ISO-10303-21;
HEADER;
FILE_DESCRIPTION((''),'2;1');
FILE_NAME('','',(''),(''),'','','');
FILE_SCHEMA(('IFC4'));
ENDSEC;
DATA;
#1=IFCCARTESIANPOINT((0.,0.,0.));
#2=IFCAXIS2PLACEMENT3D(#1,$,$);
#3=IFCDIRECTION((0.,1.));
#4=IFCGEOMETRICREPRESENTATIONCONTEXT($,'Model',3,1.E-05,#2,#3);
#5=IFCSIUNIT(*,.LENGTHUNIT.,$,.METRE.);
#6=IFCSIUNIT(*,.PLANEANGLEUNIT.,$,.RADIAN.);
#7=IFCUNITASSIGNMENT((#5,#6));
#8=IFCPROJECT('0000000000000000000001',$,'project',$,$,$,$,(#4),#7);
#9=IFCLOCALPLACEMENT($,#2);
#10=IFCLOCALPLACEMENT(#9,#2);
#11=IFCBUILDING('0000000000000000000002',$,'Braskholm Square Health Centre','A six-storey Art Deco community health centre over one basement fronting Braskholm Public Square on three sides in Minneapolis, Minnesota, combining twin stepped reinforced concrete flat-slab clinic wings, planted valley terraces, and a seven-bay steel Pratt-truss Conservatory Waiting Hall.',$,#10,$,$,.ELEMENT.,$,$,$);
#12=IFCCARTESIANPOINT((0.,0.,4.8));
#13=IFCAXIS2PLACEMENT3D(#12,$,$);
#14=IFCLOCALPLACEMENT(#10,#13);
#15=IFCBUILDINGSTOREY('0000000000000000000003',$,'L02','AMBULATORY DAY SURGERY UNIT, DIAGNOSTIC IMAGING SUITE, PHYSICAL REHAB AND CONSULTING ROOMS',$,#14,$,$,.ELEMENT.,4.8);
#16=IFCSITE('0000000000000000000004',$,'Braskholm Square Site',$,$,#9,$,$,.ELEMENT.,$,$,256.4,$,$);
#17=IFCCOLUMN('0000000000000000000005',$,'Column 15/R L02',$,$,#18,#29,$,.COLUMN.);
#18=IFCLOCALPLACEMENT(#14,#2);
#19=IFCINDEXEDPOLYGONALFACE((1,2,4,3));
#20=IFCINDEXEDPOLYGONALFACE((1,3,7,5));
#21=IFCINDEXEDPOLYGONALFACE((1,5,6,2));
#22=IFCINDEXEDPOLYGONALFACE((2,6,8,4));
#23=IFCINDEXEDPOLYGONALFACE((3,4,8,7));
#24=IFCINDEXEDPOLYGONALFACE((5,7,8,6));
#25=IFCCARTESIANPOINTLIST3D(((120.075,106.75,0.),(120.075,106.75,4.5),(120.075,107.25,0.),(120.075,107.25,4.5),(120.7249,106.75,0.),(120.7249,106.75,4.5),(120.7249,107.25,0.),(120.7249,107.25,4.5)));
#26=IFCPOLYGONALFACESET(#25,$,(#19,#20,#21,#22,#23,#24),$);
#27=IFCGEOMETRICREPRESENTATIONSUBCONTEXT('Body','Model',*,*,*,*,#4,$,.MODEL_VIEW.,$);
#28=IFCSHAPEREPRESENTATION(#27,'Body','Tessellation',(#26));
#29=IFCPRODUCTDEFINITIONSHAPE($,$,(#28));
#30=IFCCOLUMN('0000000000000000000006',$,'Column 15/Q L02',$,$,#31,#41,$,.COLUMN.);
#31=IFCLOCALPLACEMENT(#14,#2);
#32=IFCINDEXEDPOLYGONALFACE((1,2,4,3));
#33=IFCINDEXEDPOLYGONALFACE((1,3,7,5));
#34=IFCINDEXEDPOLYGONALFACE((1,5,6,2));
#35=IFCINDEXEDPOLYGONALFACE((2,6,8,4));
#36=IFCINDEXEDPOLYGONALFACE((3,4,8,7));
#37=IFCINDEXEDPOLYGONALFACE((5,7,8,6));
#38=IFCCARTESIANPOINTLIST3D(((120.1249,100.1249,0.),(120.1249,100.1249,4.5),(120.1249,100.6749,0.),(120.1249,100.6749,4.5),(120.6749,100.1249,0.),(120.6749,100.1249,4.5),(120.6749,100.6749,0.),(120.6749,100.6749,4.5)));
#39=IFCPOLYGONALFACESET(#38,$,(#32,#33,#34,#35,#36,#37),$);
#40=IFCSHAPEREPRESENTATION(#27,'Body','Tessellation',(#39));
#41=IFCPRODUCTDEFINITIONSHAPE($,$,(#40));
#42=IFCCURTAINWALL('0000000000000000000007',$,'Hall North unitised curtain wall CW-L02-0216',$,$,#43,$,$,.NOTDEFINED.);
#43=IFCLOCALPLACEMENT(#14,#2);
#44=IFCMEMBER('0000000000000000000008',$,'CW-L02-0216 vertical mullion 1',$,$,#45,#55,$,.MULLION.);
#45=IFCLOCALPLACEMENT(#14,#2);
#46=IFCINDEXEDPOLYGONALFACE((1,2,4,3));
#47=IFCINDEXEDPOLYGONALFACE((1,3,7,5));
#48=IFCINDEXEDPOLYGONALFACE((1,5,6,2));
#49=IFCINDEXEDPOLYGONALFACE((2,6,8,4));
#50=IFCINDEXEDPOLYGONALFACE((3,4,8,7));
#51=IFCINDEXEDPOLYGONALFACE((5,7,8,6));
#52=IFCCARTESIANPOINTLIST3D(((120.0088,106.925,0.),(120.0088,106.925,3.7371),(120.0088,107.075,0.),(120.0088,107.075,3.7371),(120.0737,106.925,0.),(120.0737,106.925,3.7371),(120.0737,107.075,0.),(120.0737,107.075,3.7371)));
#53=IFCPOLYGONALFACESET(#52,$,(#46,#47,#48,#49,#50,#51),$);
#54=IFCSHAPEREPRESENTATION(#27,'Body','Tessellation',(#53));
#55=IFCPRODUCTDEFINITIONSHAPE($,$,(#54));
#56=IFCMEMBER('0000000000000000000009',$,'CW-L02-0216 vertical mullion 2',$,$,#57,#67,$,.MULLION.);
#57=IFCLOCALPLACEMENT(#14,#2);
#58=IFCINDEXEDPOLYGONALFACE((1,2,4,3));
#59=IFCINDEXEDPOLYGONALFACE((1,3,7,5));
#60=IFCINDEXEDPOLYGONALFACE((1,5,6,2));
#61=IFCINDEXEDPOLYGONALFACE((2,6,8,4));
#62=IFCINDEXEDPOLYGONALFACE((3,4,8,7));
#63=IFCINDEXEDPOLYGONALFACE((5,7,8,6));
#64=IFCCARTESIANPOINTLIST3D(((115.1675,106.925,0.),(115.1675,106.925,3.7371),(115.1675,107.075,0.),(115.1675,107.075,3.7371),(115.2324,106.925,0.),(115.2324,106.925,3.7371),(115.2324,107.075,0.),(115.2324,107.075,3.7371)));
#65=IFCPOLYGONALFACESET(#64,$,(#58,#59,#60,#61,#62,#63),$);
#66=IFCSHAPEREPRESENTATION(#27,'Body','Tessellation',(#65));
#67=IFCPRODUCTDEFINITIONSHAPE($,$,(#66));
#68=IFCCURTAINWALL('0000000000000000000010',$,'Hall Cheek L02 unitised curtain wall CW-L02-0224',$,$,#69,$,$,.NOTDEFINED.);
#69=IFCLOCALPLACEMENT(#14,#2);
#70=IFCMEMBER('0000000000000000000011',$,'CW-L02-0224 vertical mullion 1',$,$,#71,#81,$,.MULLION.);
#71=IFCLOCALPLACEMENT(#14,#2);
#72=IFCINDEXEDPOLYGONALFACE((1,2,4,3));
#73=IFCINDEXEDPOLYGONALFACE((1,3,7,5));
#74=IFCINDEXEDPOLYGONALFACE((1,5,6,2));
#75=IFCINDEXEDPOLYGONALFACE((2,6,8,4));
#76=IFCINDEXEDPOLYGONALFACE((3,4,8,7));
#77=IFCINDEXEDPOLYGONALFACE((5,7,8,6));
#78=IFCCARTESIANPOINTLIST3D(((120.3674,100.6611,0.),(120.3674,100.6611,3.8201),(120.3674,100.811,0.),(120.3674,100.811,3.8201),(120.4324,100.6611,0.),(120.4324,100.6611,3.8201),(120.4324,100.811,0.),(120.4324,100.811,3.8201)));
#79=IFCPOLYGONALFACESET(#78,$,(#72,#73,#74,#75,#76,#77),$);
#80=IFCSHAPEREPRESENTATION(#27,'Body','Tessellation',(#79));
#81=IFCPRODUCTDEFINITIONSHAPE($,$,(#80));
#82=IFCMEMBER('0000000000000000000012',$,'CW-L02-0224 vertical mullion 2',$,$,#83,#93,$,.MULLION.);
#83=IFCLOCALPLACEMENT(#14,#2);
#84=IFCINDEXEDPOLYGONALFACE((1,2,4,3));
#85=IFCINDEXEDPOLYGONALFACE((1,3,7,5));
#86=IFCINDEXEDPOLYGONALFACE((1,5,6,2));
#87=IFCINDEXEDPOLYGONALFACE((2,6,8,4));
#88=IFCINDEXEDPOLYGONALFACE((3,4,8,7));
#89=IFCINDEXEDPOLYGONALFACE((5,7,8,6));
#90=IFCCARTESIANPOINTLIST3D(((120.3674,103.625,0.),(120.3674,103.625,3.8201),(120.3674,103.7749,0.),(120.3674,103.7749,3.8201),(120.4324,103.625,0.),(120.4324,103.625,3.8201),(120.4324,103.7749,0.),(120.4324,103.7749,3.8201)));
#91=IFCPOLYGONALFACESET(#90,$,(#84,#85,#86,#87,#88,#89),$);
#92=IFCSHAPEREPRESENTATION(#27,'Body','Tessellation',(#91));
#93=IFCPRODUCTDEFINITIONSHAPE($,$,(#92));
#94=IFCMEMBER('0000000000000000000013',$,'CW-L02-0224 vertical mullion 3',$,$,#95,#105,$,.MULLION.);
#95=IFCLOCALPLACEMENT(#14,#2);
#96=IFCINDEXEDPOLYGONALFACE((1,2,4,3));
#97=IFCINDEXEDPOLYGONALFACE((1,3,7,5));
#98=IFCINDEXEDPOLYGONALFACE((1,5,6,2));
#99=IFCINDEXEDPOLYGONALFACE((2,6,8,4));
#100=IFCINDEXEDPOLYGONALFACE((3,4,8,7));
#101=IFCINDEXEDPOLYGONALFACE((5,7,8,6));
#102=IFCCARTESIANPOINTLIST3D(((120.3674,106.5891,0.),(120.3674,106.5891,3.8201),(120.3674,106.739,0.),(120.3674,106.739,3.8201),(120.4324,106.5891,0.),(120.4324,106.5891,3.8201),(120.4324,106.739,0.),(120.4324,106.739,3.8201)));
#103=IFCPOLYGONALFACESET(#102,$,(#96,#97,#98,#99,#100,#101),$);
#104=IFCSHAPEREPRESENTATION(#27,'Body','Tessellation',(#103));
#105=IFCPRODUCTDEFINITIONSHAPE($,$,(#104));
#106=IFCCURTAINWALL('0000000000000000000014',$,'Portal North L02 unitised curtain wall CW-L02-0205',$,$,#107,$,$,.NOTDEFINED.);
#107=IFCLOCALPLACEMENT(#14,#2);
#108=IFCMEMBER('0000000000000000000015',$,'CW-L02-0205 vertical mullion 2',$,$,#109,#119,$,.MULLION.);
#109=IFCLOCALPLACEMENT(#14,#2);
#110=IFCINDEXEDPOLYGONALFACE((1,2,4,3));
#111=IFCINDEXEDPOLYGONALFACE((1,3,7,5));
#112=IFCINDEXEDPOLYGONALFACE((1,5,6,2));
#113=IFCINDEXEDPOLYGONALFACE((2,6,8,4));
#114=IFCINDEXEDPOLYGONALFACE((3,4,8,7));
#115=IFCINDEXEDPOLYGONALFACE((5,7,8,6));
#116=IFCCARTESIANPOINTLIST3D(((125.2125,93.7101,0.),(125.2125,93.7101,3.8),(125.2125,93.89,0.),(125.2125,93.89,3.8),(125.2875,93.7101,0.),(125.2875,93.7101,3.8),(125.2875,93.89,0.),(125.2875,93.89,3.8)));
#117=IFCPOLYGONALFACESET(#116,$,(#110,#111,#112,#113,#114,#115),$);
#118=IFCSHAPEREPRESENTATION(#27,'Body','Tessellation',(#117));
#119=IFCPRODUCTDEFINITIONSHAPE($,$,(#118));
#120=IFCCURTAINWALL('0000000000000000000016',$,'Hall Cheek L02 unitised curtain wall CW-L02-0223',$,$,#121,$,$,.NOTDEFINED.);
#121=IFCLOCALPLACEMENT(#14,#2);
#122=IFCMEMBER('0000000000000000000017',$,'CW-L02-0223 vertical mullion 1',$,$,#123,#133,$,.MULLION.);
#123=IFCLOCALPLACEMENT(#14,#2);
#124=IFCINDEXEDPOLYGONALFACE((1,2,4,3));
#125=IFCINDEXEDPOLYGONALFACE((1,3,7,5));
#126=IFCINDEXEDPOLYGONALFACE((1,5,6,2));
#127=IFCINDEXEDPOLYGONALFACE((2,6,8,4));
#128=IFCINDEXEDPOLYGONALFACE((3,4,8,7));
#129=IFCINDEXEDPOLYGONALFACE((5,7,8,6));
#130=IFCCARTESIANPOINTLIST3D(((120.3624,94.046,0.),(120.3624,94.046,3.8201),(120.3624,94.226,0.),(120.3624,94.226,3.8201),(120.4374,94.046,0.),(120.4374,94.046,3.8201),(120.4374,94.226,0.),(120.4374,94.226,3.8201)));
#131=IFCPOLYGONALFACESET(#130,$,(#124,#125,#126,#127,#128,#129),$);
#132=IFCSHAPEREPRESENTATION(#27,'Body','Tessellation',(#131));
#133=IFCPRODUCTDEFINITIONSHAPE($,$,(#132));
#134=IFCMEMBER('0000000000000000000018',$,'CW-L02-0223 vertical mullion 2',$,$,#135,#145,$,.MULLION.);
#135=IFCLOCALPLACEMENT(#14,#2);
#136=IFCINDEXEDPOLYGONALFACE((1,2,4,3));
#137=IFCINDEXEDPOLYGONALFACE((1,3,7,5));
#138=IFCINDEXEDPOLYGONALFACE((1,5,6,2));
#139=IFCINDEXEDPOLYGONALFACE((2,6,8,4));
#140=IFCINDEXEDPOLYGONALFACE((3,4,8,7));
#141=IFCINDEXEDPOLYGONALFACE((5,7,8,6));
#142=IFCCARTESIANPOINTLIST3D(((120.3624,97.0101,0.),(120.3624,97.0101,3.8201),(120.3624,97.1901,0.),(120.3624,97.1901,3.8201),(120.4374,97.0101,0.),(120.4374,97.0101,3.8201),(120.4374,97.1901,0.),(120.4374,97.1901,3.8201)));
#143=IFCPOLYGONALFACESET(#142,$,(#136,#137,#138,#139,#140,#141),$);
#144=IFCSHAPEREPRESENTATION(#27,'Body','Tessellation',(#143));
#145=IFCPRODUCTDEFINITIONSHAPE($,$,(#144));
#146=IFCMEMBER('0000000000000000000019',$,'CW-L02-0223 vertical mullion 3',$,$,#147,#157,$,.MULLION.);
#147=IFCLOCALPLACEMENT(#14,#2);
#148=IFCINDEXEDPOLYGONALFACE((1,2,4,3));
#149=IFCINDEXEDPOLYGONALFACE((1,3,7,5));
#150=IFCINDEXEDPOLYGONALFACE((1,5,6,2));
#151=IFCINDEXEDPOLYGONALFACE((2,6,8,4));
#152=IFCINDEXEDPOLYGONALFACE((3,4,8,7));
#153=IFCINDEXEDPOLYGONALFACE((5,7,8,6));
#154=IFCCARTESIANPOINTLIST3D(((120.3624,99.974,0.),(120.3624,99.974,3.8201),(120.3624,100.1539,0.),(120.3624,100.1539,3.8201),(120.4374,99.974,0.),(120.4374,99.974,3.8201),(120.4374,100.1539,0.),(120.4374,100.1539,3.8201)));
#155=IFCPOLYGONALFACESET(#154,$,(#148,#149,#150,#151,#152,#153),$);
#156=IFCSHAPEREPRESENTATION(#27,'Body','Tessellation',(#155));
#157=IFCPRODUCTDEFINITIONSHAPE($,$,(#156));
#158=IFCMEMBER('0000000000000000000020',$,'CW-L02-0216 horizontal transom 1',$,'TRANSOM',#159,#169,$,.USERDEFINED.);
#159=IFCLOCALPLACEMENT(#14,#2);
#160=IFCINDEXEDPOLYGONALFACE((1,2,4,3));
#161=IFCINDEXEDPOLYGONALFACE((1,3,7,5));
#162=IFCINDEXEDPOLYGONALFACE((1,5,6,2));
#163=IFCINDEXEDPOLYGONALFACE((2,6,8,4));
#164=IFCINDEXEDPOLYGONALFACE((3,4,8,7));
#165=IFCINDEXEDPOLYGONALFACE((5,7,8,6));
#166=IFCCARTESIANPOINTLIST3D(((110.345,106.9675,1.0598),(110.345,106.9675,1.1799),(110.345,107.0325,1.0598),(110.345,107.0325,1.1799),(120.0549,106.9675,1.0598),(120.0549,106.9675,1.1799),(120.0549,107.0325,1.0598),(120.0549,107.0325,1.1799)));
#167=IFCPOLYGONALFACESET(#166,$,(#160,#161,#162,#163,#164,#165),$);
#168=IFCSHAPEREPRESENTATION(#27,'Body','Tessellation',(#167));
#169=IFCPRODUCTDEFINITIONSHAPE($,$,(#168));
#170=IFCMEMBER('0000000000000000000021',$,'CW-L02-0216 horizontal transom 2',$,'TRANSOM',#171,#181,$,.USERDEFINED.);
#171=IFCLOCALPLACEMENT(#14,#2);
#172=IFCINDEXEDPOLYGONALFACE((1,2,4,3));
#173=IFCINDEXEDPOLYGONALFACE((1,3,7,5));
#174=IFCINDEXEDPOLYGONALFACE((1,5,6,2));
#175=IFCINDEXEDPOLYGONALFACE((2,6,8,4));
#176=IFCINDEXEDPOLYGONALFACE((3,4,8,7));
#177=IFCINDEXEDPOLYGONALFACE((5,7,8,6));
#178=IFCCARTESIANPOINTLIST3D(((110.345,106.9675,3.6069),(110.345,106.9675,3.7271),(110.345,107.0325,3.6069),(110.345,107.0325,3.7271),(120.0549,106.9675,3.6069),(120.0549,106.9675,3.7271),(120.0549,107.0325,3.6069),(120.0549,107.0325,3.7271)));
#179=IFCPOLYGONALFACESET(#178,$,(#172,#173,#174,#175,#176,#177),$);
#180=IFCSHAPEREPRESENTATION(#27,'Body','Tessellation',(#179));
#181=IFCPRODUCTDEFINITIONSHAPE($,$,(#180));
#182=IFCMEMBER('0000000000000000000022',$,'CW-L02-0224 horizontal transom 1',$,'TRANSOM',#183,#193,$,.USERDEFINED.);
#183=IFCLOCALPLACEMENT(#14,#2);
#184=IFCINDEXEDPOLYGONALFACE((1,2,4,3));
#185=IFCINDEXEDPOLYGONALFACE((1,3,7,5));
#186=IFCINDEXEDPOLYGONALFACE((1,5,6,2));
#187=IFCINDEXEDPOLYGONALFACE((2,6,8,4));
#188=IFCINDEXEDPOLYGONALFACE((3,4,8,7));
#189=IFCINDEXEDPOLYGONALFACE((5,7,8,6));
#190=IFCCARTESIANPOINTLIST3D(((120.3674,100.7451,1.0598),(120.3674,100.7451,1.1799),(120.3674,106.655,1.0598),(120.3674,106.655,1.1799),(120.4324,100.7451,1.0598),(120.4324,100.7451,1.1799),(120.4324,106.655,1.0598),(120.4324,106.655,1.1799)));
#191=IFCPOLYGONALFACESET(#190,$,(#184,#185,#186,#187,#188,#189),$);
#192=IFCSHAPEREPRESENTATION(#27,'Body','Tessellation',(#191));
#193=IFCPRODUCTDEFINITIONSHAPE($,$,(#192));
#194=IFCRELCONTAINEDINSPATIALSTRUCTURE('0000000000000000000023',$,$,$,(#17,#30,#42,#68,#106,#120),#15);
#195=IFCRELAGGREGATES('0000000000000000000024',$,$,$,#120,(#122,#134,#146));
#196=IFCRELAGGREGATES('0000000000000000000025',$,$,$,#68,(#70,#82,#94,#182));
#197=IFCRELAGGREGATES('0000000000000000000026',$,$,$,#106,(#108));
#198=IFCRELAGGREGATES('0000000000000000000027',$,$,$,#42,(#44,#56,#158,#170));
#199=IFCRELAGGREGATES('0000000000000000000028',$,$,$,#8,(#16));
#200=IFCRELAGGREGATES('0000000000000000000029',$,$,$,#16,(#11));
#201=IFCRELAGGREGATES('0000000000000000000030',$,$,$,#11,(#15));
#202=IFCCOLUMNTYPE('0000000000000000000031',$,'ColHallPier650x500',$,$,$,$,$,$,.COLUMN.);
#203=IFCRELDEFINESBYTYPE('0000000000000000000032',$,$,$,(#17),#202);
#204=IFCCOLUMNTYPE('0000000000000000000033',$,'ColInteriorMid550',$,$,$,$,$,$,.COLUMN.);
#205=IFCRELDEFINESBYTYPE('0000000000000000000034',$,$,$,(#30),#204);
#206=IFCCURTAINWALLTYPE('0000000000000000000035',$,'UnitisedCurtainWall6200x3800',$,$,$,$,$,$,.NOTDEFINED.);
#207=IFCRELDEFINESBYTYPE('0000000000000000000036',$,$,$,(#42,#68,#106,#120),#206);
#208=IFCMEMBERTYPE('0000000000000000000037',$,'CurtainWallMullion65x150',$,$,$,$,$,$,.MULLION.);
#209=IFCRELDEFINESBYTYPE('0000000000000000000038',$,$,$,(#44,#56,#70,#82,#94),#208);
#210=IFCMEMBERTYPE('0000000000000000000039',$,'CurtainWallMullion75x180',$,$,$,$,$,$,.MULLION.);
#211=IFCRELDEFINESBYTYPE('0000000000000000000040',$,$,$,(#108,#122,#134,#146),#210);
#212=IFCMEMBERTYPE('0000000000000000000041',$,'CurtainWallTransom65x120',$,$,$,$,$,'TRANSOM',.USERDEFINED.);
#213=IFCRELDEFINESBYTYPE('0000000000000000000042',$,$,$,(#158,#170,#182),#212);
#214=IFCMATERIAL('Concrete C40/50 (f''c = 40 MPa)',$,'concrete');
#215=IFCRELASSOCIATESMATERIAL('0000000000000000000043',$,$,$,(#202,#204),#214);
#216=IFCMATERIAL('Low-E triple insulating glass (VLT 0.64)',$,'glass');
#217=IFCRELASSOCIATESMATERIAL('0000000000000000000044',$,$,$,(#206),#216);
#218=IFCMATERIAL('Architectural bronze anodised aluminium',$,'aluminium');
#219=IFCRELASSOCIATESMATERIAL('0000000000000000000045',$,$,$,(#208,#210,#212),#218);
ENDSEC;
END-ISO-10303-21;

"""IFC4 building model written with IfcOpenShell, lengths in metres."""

from ifc_helpers import new_model, si_unit, direction, frame, origin, origin_2d, place, context, subcontext, project, spatial, rectangle, extrude, material, material_profile, profile_set, type_object, element, aggregate, save


model = new_model("IFC4")

# Units and contexts
model_context = context("Model", 3, precision=1e-05, world=origin(), true_north=direction((0.0, 1.0)))
body_context = subcontext(model_context, "Body", "Model", "MODEL_VIEW")
ifc_project = project(units=[si_unit("LENGTHUNIT", "METRE"), si_unit("PLANEANGLEUNIT", "RADIAN")], contexts=[model_context])

# Site, building, storey
site_placement = place(None, origin())
site = spatial("IfcSite", under=ifc_project, at=site_placement, Name="Braskholm Square Site", CompositionType="ELEMENT", RefElevation=256.4)
building_placement = place(site_placement, origin())
building = spatial("IfcBuilding", under=site, at=building_placement, Name="Braskholm Square Health Centre", Description="A six-storey Art Deco community health centre over one basement fronting Braskholm Public Square on three sides in Minneapolis, Minnesota, combining twin stepped reinforced concrete flat-slab clinic wings, planted valley terraces, and a seven-bay steel Pratt-truss Conservatory Waiting Hall.", CompositionType="ELEMENT")
storey_placement = place(building_placement, frame((0.0, 0.0, 4.8)))
storey = spatial("IfcBuildingStorey", under=building, at=storey_placement, Name="L02", Description="AMBULATORY DAY SURGERY UNIT, DIAGNOSTIC IMAGING SUITE, PHYSICAL REHAB AND CONSULTING ROOMS", CompositionType="ELEMENT", Elevation=4.8)

# Columns
ifc_material_1 = material(Name="Concrete C40/50 (f'c = 40 MPa)", Category="concrete")
ifc_material_profile_1 = material_profile(ifc_material_1, rectangle(XDim=0.6499, YDim=0.5, at=origin_2d()), Name="RC-650X500")
ifc_profile_set_1 = profile_set([ifc_material_profile_1], Name="Concrete C40/50 (f'c = 40 MPa)")
column_type_1 = type_object("IfcColumnType", Name="ColHallPier650x500", PredefinedType="COLUMN", material=ifc_profile_set_1)
column_1_placement = place(storey_placement, frame((120.3999, 107.0, 0.0), z_axis=(0.0, 0.0, 1.0), x_axis=(1.0, 0.0, 0.0)))
element("IfcColumn", 1, at=column_1_placement, inside=storey, type_object=column_type_1, Name="Column 15/R L02", PredefinedType="COLUMN", context=body_context, shape_type="SweptSolid", body=[
    extrude(rectangle(XDim=0.6499, YDim=0.5, at=origin_2d()), origin(), (0.0, 0.0, 1.0), 4.5),
])
ifc_material_profile_2 = material_profile(ifc_material_1, rectangle(XDim=0.55, YDim=0.55, at=origin_2d()), Name="RC-550X550")
ifc_profile_set_2 = profile_set([ifc_material_profile_2], Name="Concrete C40/50 (f'c = 40 MPa)")
column_type_2 = type_object("IfcColumnType", Name="ColInteriorMid550", PredefinedType="COLUMN", material=ifc_profile_set_2)
column_2_placement = place(storey_placement, frame((120.3999, 100.3999, 0.0), z_axis=(0.0, 0.0, 1.0), x_axis=(1.0, 0.0, 0.0)))
element("IfcColumn", 2, at=column_2_placement, inside=storey, type_object=column_type_2, Name="Column 15/Q L02", PredefinedType="COLUMN", context=body_context, shape_type="SweptSolid", body=[
    extrude(rectangle(XDim=0.55, YDim=0.55, at=origin_2d()), origin(), (0.0, 0.0, 1.0), 4.5),
])

# Curtain walls, members
ifc_material_2 = material(Name="Low-E triple insulating glass (VLT 0.64)", Category="glass")
curtain_wall_type = type_object("IfcCurtainWallType", Name="UnitisedCurtainWall6200x3800", PredefinedType="NOTDEFINED", material=ifc_material_2)
curtain_wall_1_placement = place(storey_placement, origin())
curtain_wall_1 = element("IfcCurtainWall", 3, at=curtain_wall_1_placement, inside=storey, type_object=curtain_wall_type, Name="Hall North unitised curtain wall CW-L02-0216", PredefinedType="NOTDEFINED")
ifc_material_3 = material(Name="Architectural bronze anodised aluminium", Category="aluminium")
ifc_material_profile_3 = material_profile(ifc_material_3, rectangle(XDim=0.0649, YDim=0.1499, at=origin_2d()), Name="ALU-65X150")
ifc_profile_set_3 = profile_set([ifc_material_profile_3], Name="Architectural bronze anodised aluminium")
member_type_1 = type_object("IfcMemberType", Name="CurtainWallMullion65x150", PredefinedType="MULLION", material=ifc_profile_set_3)
member_1_placement = place(storey_placement, frame((120.0413, 107.0, 0.0), z_axis=(0.0, 0.0, 1.0), x_axis=(1.0, 0.0, 0.0)))
member_1 = element("IfcMember", 4, at=member_1_placement, type_object=member_type_1, Name="CW-L02-0216 vertical mullion 1", PredefinedType="MULLION", context=body_context, shape_type="SweptSolid", body=[
    extrude(rectangle(XDim=0.0649, YDim=0.1499, at=origin_2d()), origin(), (0.0, 0.0, 1.0), 3.7371),
])
member_2_placement = place(storey_placement, frame((115.2, 107.0, 0.0), z_axis=(0.0, 0.0, 1.0), x_axis=(1.0, 0.0, 0.0)))
member_2 = element("IfcMember", 5, at=member_2_placement, type_object=member_type_1, Name="CW-L02-0216 vertical mullion 2", PredefinedType="MULLION", context=body_context, shape_type="SweptSolid", body=[
    extrude(rectangle(XDim=0.0649, YDim=0.1499, at=origin_2d()), origin(), (0.0, 0.0, 1.0), 3.7371),
])
curtain_wall_2_placement = place(storey_placement, origin())
curtain_wall_2 = element("IfcCurtainWall", 6, at=curtain_wall_2_placement, inside=storey, type_object=curtain_wall_type, Name="Hall Cheek L02 unitised curtain wall CW-L02-0224", PredefinedType="NOTDEFINED")
member_3_placement = place(storey_placement, frame((120.3999, 100.7361, 0.0), z_axis=(0.0, 0.0, 1.0), x_axis=(1.0, 0.0, 0.0)))
member_3 = element("IfcMember", 7, at=member_3_placement, type_object=member_type_1, Name="CW-L02-0224 vertical mullion 1", PredefinedType="MULLION", context=body_context, shape_type="SweptSolid", body=[
    extrude(rectangle(XDim=0.0649, YDim=0.1499, at=origin_2d()), origin(), (0.0, 0.0, 1.0), 3.8201),
])
member_4_placement = place(storey_placement, frame((120.3999, 103.7, 0.0), z_axis=(0.0, 0.0, 1.0), x_axis=(1.0, 0.0, 0.0)))
member_4 = element("IfcMember", 8, at=member_4_placement, type_object=member_type_1, Name="CW-L02-0224 vertical mullion 2", PredefinedType="MULLION", context=body_context, shape_type="SweptSolid", body=[
    extrude(rectangle(XDim=0.0649, YDim=0.1499, at=origin_2d()), origin(), (0.0, 0.0, 1.0), 3.8201),
])
member_5_placement = place(storey_placement, frame((120.3999, 106.6641, 0.0), z_axis=(0.0, 0.0, 1.0), x_axis=(1.0, 0.0, 0.0)))
member_5 = element("IfcMember", 9, at=member_5_placement, type_object=member_type_1, Name="CW-L02-0224 vertical mullion 3", PredefinedType="MULLION", context=body_context, shape_type="SweptSolid", body=[
    extrude(rectangle(XDim=0.0649, YDim=0.1499, at=origin_2d()), origin(), (0.0, 0.0, 1.0), 3.8201),
])

# Curtain wall, member
curtain_wall_3_placement = place(storey_placement, origin())
curtain_wall_3 = element("IfcCurtainWall", 10, at=curtain_wall_3_placement, inside=storey, type_object=curtain_wall_type, Name="Portal North L02 unitised curtain wall CW-L02-0205", PredefinedType="NOTDEFINED")
ifc_material_profile_4 = material_profile(ifc_material_3, rectangle(XDim=0.075, YDim=0.1799, at=origin_2d()), Name="ALU-75X180")
ifc_profile_set_4 = profile_set([ifc_material_profile_4], Name="Architectural bronze anodised aluminium")
member_type_2 = type_object("IfcMemberType", Name="CurtainWallMullion75x180", PredefinedType="MULLION", material=ifc_profile_set_4)
member_6_placement = place(storey_placement, frame((125.25, 93.8, 0.0), z_axis=(0.0, 0.0, 1.0), x_axis=(1.0, 0.0, 0.0)))
member_6 = element("IfcMember", 11, at=member_6_placement, type_object=member_type_2, Name="CW-L02-0205 vertical mullion 2", PredefinedType="MULLION", context=body_context, shape_type="SweptSolid", body=[
    extrude(rectangle(XDim=0.075, YDim=0.1799, at=origin_2d()), origin(), (0.0, 0.0, 1.0), 3.8),
])

# Curtain wall, members
curtain_wall_4_placement = place(storey_placement, origin())
curtain_wall_4 = element("IfcCurtainWall", 12, at=curtain_wall_4_placement, inside=storey, type_object=curtain_wall_type, Name="Hall Cheek L02 unitised curtain wall CW-L02-0223", PredefinedType="NOTDEFINED")
member_7_placement = place(storey_placement, frame((120.3999, 94.136, 0.0), z_axis=(0.0, 0.0, 1.0), x_axis=(1.0, 0.0, 0.0)))
member_7 = element("IfcMember", 13, at=member_7_placement, type_object=member_type_2, Name="CW-L02-0223 vertical mullion 1", PredefinedType="MULLION", context=body_context, shape_type="SweptSolid", body=[
    extrude(rectangle(XDim=0.075, YDim=0.1799, at=origin_2d()), origin(), (0.0, 0.0, 1.0), 3.8201),
])
member_8_placement = place(storey_placement, frame((120.3999, 97.1001, 0.0), z_axis=(0.0, 0.0, 1.0), x_axis=(1.0, 0.0, 0.0)))
member_8 = element("IfcMember", 14, at=member_8_placement, type_object=member_type_2, Name="CW-L02-0223 vertical mullion 2", PredefinedType="MULLION", context=body_context, shape_type="SweptSolid", body=[
    extrude(rectangle(XDim=0.075, YDim=0.1799, at=origin_2d()), origin(), (0.0, 0.0, 1.0), 3.8201),
])
member_9_placement = place(storey_placement, frame((120.3999, 100.064, 0.0), z_axis=(0.0, 0.0, 1.0), x_axis=(1.0, 0.0, 0.0)))
member_9 = element("IfcMember", 15, at=member_9_placement, type_object=member_type_2, Name="CW-L02-0223 vertical mullion 3", PredefinedType="MULLION", context=body_context, shape_type="SweptSolid", body=[
    extrude(rectangle(XDim=0.075, YDim=0.1799, at=origin_2d()), origin(), (0.0, 0.0, 1.0), 3.8201),
])

# Members
ifc_material_profile_5 = material_profile(ifc_material_3, rectangle(XDim=0.0649, YDim=0.1201, at=origin_2d()), Name="ALU-65X120")
ifc_profile_set_5 = profile_set([ifc_material_profile_5], Name="Architectural bronze anodised aluminium")
member_type_3 = type_object("IfcMemberType", Name="CurtainWallTransom65x120", ElementType="TRANSOM", PredefinedType="USERDEFINED", material=ifc_profile_set_5)
member_10_placement = place(storey_placement, frame((120.0549, 107.0, 1.1199), z_axis=(-1.0, 0.0, 0.0), x_axis=(0.0, -1.0, 0.0)))
member_10 = element("IfcMember", 16, at=member_10_placement, type_object=member_type_3, Name="CW-L02-0216 horizontal transom 1", ObjectType="TRANSOM", PredefinedType="USERDEFINED", context=body_context, shape_type="SweptSolid", body=[
    extrude(rectangle(XDim=0.0649, YDim=0.1201, at=origin_2d()), origin(), (0.0, 0.0, 1.0), 9.71),
])
member_11_placement = place(storey_placement, frame((120.0549, 107.0, 3.667), z_axis=(-1.0, 0.0, 0.0), x_axis=(0.0, -1.0, 0.0)))
member_11 = element("IfcMember", 17, at=member_11_placement, type_object=member_type_3, Name="CW-L02-0216 horizontal transom 2", ObjectType="TRANSOM", PredefinedType="USERDEFINED", context=body_context, shape_type="SweptSolid", body=[
    extrude(rectangle(XDim=0.0649, YDim=0.1201, at=origin_2d()), origin(), (0.0, 0.0, 1.0), 9.71),
])
member_12_placement = place(storey_placement, frame((120.3999, 100.7451, 1.1199), z_axis=(0.0, 1.0, 0.0), x_axis=(-1.0, 0.0, 0.0)))
member_12 = element("IfcMember", 18, at=member_12_placement, type_object=member_type_3, Name="CW-L02-0224 horizontal transom 1", ObjectType="TRANSOM", PredefinedType="USERDEFINED", context=body_context, shape_type="SweptSolid", body=[
    extrude(rectangle(XDim=0.0649, YDim=0.1201, at=origin_2d()), origin(), (0.0, 0.0, 1.0), 5.9099),
])

aggregate(curtain_wall_4, [member_7, member_8, member_9])
aggregate(curtain_wall_2, [member_3, member_4, member_5, member_12])
aggregate(curtain_wall_3, [member_6])
aggregate(curtain_wall_1, [member_1, member_2, member_10, member_11])

save(model, "model.ifc")
